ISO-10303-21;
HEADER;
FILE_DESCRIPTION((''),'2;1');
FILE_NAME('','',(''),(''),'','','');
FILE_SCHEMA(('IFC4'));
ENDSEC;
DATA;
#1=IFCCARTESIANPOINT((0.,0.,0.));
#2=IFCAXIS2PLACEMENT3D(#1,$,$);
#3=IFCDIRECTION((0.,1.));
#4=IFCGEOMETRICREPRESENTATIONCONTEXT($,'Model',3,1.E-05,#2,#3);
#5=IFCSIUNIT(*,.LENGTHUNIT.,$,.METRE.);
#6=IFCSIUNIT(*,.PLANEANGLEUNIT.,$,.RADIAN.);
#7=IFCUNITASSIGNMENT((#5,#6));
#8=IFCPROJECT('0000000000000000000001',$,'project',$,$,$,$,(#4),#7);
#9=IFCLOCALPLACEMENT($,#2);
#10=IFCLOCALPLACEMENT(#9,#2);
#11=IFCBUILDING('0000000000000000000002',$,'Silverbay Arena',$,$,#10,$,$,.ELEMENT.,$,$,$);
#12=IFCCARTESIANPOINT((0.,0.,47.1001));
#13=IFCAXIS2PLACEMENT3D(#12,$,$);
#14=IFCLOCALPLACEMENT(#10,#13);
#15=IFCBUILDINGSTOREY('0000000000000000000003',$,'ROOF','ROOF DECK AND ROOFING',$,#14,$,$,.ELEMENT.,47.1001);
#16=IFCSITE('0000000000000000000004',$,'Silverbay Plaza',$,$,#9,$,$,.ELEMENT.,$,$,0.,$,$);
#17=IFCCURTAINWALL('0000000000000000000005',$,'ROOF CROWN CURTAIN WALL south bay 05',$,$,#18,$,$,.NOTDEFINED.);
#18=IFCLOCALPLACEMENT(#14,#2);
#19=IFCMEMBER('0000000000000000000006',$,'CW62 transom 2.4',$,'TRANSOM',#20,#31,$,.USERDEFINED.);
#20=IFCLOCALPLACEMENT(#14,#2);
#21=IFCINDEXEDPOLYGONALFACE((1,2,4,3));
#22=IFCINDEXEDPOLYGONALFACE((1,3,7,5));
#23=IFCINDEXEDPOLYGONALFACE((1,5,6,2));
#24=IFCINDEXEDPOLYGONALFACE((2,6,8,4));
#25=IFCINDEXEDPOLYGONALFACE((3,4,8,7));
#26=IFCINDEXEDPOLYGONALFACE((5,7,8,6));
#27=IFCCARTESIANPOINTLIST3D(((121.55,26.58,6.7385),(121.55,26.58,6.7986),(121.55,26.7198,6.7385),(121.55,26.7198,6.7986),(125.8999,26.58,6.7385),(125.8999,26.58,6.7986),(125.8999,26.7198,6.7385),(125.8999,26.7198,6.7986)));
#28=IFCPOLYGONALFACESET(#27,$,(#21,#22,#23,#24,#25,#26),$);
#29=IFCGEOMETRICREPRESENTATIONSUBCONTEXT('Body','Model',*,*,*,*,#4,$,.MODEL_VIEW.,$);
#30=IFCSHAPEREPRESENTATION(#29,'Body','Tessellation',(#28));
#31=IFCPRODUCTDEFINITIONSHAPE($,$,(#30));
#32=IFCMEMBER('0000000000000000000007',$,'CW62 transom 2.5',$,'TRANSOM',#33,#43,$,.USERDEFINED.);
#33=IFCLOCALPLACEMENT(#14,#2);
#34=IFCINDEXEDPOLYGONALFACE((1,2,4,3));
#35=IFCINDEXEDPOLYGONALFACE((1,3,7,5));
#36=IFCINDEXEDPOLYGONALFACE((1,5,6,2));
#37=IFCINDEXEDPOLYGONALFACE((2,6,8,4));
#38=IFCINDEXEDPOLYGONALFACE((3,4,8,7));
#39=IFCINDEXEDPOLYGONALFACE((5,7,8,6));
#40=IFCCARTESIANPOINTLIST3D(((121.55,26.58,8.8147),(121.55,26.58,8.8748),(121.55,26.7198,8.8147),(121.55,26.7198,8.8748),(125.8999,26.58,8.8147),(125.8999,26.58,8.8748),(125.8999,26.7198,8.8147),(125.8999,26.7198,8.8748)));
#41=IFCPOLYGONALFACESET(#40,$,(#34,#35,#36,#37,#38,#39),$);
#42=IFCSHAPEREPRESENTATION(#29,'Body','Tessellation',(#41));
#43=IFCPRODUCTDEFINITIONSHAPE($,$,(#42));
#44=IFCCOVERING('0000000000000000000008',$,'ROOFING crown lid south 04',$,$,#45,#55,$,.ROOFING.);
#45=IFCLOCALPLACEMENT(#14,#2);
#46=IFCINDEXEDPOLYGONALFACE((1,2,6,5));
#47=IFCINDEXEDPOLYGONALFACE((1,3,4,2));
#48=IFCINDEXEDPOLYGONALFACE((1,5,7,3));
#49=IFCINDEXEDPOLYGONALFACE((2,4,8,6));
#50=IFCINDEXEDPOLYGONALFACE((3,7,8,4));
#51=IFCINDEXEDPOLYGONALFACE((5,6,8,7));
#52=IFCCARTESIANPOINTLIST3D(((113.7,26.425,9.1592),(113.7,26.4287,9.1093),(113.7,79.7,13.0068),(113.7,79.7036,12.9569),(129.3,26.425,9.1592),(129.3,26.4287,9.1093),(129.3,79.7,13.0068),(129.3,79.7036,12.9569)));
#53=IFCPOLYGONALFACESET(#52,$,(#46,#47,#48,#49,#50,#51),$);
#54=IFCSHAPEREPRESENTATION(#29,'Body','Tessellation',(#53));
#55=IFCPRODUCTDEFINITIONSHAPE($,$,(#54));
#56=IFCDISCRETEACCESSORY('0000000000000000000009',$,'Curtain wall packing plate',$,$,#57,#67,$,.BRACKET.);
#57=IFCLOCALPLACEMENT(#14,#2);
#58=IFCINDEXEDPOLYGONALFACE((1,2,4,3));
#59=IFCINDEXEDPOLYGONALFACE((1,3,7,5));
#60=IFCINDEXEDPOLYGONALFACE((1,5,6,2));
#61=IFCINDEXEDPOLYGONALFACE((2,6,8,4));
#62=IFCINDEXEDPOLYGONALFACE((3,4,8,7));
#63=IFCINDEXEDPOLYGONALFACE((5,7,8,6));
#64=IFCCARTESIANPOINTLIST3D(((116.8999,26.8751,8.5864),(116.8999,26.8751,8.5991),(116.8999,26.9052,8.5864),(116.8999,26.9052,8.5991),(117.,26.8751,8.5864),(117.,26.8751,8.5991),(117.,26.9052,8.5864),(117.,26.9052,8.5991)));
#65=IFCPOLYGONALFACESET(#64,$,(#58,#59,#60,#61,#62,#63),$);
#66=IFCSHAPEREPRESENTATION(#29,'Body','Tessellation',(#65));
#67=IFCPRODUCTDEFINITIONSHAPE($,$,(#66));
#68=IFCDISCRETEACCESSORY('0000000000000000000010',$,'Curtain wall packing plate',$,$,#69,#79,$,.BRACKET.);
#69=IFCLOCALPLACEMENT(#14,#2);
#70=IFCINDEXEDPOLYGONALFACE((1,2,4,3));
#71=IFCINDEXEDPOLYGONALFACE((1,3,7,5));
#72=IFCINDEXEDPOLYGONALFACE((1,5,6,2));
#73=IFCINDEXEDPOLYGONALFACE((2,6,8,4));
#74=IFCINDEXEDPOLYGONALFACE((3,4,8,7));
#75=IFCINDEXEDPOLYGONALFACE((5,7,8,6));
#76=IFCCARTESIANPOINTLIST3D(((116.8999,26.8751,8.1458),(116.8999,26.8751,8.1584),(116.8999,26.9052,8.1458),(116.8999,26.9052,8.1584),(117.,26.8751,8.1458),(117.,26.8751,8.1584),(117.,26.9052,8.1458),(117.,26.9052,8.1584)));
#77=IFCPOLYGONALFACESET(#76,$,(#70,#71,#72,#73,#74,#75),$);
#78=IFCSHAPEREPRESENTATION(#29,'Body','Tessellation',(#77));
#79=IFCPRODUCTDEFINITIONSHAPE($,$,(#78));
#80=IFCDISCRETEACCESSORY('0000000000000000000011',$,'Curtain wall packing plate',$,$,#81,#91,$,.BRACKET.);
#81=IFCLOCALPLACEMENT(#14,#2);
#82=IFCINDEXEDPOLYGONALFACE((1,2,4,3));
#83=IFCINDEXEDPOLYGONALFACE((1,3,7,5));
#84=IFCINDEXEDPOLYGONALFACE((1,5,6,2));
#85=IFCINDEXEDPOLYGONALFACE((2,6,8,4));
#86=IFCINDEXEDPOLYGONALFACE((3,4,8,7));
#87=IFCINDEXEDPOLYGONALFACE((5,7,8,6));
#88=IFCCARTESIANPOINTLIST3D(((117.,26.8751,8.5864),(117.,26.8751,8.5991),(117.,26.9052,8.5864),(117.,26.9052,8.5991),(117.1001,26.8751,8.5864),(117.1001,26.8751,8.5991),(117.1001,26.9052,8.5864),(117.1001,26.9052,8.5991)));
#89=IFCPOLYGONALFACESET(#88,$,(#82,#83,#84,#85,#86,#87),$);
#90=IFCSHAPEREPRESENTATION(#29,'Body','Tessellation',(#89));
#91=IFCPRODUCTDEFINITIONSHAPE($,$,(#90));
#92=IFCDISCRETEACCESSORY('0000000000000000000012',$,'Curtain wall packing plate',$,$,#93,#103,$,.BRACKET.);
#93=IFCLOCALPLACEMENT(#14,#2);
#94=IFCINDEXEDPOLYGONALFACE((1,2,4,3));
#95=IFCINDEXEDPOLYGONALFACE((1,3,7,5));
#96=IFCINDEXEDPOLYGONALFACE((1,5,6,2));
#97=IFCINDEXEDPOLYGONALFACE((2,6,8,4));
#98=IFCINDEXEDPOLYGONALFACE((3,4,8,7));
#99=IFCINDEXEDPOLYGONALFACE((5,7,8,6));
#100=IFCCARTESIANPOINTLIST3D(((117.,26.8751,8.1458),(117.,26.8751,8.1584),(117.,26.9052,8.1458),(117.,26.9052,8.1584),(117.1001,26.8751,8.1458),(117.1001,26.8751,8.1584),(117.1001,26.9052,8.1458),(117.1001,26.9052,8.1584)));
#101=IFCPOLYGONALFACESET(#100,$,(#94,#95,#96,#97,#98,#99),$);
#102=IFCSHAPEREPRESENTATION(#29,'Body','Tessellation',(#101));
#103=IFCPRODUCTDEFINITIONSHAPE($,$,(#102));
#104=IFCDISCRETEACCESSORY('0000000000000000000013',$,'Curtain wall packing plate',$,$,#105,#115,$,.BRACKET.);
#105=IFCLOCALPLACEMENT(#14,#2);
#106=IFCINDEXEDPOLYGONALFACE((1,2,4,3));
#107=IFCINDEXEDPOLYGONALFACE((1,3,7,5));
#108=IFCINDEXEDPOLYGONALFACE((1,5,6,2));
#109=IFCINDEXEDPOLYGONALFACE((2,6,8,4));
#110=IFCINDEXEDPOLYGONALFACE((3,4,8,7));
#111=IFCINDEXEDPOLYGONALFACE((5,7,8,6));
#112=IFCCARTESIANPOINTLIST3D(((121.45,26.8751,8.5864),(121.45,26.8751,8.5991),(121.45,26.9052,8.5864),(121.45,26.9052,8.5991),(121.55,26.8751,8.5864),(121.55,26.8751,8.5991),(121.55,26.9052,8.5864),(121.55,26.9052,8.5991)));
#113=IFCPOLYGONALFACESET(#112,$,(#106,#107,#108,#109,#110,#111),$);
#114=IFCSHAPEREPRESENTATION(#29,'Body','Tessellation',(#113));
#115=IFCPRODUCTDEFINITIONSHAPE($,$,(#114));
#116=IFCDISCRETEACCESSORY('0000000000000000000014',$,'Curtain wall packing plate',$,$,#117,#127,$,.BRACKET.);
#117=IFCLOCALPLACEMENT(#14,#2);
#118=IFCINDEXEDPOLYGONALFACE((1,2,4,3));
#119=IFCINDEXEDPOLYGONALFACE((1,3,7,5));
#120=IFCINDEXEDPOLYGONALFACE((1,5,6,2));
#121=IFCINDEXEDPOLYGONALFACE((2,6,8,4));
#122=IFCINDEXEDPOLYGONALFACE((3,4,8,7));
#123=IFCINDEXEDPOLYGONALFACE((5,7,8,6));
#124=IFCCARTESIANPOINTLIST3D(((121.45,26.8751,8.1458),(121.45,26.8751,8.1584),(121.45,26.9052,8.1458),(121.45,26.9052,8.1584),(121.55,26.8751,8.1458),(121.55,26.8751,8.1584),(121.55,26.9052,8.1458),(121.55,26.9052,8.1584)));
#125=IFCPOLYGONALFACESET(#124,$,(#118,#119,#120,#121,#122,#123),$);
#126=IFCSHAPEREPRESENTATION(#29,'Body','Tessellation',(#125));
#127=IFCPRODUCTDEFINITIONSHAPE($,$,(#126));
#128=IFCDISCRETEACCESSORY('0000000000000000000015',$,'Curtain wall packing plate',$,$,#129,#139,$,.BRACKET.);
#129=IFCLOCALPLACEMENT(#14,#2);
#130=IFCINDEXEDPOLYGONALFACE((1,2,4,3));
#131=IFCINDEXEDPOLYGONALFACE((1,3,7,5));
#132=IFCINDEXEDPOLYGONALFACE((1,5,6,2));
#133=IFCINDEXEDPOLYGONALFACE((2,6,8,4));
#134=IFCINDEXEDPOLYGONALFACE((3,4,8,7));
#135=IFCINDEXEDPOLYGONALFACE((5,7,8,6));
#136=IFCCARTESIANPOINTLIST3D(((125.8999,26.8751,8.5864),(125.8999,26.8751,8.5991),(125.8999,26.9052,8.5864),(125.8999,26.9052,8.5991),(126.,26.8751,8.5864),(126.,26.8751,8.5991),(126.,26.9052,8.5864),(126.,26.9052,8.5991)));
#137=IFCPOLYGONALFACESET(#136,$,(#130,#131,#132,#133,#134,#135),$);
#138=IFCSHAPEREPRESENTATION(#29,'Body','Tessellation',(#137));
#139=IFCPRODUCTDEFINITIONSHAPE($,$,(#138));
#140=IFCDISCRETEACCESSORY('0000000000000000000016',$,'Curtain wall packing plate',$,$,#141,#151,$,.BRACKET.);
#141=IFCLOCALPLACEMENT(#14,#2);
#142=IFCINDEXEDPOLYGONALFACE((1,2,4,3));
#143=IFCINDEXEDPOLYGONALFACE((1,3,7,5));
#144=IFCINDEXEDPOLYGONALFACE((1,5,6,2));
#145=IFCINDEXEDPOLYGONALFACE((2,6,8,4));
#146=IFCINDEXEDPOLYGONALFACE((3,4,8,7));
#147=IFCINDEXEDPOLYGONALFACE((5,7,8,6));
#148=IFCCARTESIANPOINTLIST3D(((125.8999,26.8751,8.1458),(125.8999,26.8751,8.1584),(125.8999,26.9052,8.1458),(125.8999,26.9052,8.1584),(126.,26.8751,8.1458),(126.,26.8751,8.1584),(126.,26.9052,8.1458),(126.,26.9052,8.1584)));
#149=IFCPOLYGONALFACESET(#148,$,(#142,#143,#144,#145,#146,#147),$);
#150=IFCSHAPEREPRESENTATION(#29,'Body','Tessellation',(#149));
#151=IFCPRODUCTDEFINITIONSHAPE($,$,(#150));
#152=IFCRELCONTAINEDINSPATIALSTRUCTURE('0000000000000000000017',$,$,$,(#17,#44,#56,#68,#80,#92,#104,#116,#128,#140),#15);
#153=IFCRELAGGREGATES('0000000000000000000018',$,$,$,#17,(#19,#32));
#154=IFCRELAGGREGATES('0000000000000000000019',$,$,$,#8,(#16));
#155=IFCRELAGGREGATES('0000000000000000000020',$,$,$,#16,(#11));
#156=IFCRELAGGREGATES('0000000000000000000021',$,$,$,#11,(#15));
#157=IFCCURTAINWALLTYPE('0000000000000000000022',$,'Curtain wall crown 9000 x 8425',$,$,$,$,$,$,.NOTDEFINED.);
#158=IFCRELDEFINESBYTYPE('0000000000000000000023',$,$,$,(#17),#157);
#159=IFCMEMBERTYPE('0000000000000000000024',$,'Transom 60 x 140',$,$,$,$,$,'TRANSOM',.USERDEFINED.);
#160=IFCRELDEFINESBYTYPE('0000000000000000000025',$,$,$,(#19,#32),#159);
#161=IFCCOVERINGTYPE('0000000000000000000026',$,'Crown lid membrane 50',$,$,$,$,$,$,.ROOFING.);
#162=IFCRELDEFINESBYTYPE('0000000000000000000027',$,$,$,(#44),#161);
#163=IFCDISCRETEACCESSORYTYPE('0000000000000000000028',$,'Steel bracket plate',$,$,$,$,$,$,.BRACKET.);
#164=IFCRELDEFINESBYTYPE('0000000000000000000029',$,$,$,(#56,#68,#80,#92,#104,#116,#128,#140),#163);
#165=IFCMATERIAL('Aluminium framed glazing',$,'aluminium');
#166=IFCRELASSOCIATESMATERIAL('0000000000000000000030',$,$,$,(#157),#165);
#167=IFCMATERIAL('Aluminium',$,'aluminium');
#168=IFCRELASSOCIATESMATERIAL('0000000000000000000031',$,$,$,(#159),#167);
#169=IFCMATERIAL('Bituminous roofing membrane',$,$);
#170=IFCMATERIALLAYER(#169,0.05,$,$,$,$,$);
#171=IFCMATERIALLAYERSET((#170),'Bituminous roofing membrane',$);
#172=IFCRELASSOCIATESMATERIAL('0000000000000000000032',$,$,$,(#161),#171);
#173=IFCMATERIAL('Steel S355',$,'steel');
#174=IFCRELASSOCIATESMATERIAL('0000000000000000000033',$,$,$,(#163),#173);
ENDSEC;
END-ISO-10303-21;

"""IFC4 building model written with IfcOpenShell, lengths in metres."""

from ifc_helpers import new_model, si_unit, direction, frame, origin, origin_2d, place, context, subcontext, project, spatial, polyline, rectangle, outline, extrude, material, layer, layer_set, material_profile, profile_set, type_object, element, aggregate, save


model = new_model("IFC4")

# Units and contexts
model_context = context("Model", 3, precision=1e-05, world=origin(), true_north=direction((0.0, 1.0)))
body_context = subcontext(model_context, "Body", "Model", "MODEL_VIEW")
ifc_project = project(units=[si_unit("LENGTHUNIT", "METRE"), si_unit("PLANEANGLEUNIT", "RADIAN")], contexts=[model_context])

# Site, building, storey
site_placement = place(None, origin())
site = spatial("IfcSite", under=ifc_project, at=site_placement, Name="Silverbay Plaza", CompositionType="ELEMENT", RefElevation=0.0)
building_placement = place(site_placement, origin())
building = spatial("IfcBuilding", under=site, at=building_placement, Name="Silverbay Arena", CompositionType="ELEMENT")
storey_placement = place(building_placement, frame((0.0, 0.0, 47.1001)))
storey = spatial("IfcBuildingStorey", under=building, at=storey_placement, Name="ROOF", Description="ROOF DECK AND ROOFING", CompositionType="ELEMENT", Elevation=47.1001)

# Shared definitions
ifc_material_1 = material(Name="Aluminium framed glazing", Category="aluminium")
curtain_wall_type = type_object("IfcCurtainWallType", Name="Curtain wall crown 9000 x 8425", PredefinedType="NOTDEFINED", material=ifc_material_1)
placement = place(building_placement, frame((0.0, 0.0, 33.5)))

# Curtain wall
curtain_wall_1_placement = place(storey_placement, origin())
curtain_wall_1 = element("IfcCurtainWall", 1, at=curtain_wall_1_placement, inside=storey, type_object=curtain_wall_type, Name="ROOF CROWN CURTAIN WALL south bay 05", PredefinedType="NOTDEFINED")

# Members
ifc_material_2 = material(Name="Aluminium", Category="aluminium")
ifc_material_profile_1 = material_profile(ifc_material_2, rectangle(XDim=0.1399, YDim=0.0601, at=origin_2d()), Name="Transom 60 x 140")
ifc_profile_set_1 = profile_set([ifc_material_profile_1], Name="Aluminium")
member_type_1 = type_object("IfcMemberType", Name="Transom 60 x 140", ElementType="TRANSOM", PredefinedType="USERDEFINED", material=ifc_profile_set_1)
member_1_placement = place(placement, frame((121.55, 26.6499, 20.3687), z_axis=(1.0, 0.0, 0.0), x_axis=(0.0, 1.0, 0.0)))
member_1 = element("IfcMember", 2, at=member_1_placement, type_object=member_type_1, Name="CW62 transom 2.4", ObjectType="TRANSOM", PredefinedType="USERDEFINED", context=body_context, shape_type="SweptSolid", body=[
    extrude(rectangle(XDim=0.1399, YDim=0.0601, at=origin_2d()), origin(), (0.0, 0.0, 1.0), 4.3499),
])
member_2_placement = place(placement, frame((121.55, 26.6499, 22.4448), z_axis=(1.0, 0.0, 0.0), x_axis=(0.0, 1.0, 0.0)))
member_2 = element("IfcMember", 3, at=member_2_placement, type_object=member_type_1, Name="CW62 transom 2.5", ObjectType="TRANSOM", PredefinedType="USERDEFINED", context=body_context, shape_type="SweptSolid", body=[
    extrude(rectangle(XDim=0.1399, YDim=0.0601, at=origin_2d()), origin(), (0.0, 0.0, 1.0), 4.3499),
])

aggregate(curtain_wall_1, [member_1, member_2])

# Covering
ifc_material_3 = material(Name="Bituminous roofing membrane")
ifc_layer_1 = layer(ifc_material_3, 0.05)
ifc_layer_set_1 = layer_set([ifc_layer_1], Name="Bituminous roofing membrane")
covering_type = type_object("IfcCoveringType", Name="Crown lid membrane 50", PredefinedType="ROOFING", material=ifc_layer_set_1)
covering_placement = place(storey_placement, frame((113.7, 26.425, 9.1592), z_axis=(0.0, -0.072035, 0.997402), x_axis=(1.0, 0.0, 0.0)))
element("IfcCovering", 4, at=covering_placement, inside=storey, type_object=covering_type, Name="ROOFING crown lid south 04", PredefinedType="ROOFING", context=body_context, shape_type="SweptSolid", body=[
    extrude(outline(polyline([(0.0, 0.0), (15.6001, 0.0), (15.6001, 53.4137), (0.0, 53.4137), (0.0, 0.0)])), origin(), (0.0, 0.0, -1.0), 0.05),
])

# Discrete accessories
ifc_material_4 = material(Name="Steel S355", Category="steel")
discrete_accessory_type = type_object("IfcDiscreteAccessoryType", Name="Steel bracket plate", PredefinedType="BRACKET", material=ifc_material_4)
for number, where, z_axis, x_axis, name in (
    (5, (116.95, 26.8901, 8.5864), (0.0, 0.0, 1.0), (1.0, 0.0, 0.0), "Curtain wall packing plate"),
    (6, (116.95, 26.8901, 8.1458), (0.0, 0.0, 1.0), (1.0, 0.0, 0.0), "Curtain wall packing plate"),
    (7, (117.05, 26.8901, 8.5864), (0.0, 0.0, 1.0), (1.0, 0.0, 0.0), "Curtain wall packing plate"),
    (8, (117.05, 26.8901, 8.1458), (0.0, 0.0, 1.0), (1.0, 0.0, 0.0), "Curtain wall packing plate"),
    (9, (121.5, 26.8901, 8.5864), (0.0, 0.0, 1.0), (1.0, 0.0, 0.0), "Curtain wall packing plate"),
    (10, (121.5, 26.8901, 8.1458), (0.0, 0.0, 1.0), (1.0, 0.0, 0.0), "Curtain wall packing plate"),
    (11, (125.95, 26.8901, 8.5864), (0.0, 0.0, 1.0), (1.0, 0.0, 0.0), "Curtain wall packing plate"),
    (12, (125.95, 26.8901, 8.1458), (0.0, 0.0, 1.0), (1.0, 0.0, 0.0), "Curtain wall packing plate"),
):
    element("IfcDiscreteAccessory", number, at=place(storey_placement, frame(where, z_axis=z_axis, x_axis=x_axis)), inside=storey, type_object=discrete_accessory_type, Name=name, PredefinedType="BRACKET", context=body_context, shape_type="SweptSolid", body=[
        extrude(rectangle(XDim=0.1001, YDim=0.03, at=origin_2d()), origin(), (0.0, 0.0, 1.0), 0.0127),
    ])

save(model, "model.ifc")
